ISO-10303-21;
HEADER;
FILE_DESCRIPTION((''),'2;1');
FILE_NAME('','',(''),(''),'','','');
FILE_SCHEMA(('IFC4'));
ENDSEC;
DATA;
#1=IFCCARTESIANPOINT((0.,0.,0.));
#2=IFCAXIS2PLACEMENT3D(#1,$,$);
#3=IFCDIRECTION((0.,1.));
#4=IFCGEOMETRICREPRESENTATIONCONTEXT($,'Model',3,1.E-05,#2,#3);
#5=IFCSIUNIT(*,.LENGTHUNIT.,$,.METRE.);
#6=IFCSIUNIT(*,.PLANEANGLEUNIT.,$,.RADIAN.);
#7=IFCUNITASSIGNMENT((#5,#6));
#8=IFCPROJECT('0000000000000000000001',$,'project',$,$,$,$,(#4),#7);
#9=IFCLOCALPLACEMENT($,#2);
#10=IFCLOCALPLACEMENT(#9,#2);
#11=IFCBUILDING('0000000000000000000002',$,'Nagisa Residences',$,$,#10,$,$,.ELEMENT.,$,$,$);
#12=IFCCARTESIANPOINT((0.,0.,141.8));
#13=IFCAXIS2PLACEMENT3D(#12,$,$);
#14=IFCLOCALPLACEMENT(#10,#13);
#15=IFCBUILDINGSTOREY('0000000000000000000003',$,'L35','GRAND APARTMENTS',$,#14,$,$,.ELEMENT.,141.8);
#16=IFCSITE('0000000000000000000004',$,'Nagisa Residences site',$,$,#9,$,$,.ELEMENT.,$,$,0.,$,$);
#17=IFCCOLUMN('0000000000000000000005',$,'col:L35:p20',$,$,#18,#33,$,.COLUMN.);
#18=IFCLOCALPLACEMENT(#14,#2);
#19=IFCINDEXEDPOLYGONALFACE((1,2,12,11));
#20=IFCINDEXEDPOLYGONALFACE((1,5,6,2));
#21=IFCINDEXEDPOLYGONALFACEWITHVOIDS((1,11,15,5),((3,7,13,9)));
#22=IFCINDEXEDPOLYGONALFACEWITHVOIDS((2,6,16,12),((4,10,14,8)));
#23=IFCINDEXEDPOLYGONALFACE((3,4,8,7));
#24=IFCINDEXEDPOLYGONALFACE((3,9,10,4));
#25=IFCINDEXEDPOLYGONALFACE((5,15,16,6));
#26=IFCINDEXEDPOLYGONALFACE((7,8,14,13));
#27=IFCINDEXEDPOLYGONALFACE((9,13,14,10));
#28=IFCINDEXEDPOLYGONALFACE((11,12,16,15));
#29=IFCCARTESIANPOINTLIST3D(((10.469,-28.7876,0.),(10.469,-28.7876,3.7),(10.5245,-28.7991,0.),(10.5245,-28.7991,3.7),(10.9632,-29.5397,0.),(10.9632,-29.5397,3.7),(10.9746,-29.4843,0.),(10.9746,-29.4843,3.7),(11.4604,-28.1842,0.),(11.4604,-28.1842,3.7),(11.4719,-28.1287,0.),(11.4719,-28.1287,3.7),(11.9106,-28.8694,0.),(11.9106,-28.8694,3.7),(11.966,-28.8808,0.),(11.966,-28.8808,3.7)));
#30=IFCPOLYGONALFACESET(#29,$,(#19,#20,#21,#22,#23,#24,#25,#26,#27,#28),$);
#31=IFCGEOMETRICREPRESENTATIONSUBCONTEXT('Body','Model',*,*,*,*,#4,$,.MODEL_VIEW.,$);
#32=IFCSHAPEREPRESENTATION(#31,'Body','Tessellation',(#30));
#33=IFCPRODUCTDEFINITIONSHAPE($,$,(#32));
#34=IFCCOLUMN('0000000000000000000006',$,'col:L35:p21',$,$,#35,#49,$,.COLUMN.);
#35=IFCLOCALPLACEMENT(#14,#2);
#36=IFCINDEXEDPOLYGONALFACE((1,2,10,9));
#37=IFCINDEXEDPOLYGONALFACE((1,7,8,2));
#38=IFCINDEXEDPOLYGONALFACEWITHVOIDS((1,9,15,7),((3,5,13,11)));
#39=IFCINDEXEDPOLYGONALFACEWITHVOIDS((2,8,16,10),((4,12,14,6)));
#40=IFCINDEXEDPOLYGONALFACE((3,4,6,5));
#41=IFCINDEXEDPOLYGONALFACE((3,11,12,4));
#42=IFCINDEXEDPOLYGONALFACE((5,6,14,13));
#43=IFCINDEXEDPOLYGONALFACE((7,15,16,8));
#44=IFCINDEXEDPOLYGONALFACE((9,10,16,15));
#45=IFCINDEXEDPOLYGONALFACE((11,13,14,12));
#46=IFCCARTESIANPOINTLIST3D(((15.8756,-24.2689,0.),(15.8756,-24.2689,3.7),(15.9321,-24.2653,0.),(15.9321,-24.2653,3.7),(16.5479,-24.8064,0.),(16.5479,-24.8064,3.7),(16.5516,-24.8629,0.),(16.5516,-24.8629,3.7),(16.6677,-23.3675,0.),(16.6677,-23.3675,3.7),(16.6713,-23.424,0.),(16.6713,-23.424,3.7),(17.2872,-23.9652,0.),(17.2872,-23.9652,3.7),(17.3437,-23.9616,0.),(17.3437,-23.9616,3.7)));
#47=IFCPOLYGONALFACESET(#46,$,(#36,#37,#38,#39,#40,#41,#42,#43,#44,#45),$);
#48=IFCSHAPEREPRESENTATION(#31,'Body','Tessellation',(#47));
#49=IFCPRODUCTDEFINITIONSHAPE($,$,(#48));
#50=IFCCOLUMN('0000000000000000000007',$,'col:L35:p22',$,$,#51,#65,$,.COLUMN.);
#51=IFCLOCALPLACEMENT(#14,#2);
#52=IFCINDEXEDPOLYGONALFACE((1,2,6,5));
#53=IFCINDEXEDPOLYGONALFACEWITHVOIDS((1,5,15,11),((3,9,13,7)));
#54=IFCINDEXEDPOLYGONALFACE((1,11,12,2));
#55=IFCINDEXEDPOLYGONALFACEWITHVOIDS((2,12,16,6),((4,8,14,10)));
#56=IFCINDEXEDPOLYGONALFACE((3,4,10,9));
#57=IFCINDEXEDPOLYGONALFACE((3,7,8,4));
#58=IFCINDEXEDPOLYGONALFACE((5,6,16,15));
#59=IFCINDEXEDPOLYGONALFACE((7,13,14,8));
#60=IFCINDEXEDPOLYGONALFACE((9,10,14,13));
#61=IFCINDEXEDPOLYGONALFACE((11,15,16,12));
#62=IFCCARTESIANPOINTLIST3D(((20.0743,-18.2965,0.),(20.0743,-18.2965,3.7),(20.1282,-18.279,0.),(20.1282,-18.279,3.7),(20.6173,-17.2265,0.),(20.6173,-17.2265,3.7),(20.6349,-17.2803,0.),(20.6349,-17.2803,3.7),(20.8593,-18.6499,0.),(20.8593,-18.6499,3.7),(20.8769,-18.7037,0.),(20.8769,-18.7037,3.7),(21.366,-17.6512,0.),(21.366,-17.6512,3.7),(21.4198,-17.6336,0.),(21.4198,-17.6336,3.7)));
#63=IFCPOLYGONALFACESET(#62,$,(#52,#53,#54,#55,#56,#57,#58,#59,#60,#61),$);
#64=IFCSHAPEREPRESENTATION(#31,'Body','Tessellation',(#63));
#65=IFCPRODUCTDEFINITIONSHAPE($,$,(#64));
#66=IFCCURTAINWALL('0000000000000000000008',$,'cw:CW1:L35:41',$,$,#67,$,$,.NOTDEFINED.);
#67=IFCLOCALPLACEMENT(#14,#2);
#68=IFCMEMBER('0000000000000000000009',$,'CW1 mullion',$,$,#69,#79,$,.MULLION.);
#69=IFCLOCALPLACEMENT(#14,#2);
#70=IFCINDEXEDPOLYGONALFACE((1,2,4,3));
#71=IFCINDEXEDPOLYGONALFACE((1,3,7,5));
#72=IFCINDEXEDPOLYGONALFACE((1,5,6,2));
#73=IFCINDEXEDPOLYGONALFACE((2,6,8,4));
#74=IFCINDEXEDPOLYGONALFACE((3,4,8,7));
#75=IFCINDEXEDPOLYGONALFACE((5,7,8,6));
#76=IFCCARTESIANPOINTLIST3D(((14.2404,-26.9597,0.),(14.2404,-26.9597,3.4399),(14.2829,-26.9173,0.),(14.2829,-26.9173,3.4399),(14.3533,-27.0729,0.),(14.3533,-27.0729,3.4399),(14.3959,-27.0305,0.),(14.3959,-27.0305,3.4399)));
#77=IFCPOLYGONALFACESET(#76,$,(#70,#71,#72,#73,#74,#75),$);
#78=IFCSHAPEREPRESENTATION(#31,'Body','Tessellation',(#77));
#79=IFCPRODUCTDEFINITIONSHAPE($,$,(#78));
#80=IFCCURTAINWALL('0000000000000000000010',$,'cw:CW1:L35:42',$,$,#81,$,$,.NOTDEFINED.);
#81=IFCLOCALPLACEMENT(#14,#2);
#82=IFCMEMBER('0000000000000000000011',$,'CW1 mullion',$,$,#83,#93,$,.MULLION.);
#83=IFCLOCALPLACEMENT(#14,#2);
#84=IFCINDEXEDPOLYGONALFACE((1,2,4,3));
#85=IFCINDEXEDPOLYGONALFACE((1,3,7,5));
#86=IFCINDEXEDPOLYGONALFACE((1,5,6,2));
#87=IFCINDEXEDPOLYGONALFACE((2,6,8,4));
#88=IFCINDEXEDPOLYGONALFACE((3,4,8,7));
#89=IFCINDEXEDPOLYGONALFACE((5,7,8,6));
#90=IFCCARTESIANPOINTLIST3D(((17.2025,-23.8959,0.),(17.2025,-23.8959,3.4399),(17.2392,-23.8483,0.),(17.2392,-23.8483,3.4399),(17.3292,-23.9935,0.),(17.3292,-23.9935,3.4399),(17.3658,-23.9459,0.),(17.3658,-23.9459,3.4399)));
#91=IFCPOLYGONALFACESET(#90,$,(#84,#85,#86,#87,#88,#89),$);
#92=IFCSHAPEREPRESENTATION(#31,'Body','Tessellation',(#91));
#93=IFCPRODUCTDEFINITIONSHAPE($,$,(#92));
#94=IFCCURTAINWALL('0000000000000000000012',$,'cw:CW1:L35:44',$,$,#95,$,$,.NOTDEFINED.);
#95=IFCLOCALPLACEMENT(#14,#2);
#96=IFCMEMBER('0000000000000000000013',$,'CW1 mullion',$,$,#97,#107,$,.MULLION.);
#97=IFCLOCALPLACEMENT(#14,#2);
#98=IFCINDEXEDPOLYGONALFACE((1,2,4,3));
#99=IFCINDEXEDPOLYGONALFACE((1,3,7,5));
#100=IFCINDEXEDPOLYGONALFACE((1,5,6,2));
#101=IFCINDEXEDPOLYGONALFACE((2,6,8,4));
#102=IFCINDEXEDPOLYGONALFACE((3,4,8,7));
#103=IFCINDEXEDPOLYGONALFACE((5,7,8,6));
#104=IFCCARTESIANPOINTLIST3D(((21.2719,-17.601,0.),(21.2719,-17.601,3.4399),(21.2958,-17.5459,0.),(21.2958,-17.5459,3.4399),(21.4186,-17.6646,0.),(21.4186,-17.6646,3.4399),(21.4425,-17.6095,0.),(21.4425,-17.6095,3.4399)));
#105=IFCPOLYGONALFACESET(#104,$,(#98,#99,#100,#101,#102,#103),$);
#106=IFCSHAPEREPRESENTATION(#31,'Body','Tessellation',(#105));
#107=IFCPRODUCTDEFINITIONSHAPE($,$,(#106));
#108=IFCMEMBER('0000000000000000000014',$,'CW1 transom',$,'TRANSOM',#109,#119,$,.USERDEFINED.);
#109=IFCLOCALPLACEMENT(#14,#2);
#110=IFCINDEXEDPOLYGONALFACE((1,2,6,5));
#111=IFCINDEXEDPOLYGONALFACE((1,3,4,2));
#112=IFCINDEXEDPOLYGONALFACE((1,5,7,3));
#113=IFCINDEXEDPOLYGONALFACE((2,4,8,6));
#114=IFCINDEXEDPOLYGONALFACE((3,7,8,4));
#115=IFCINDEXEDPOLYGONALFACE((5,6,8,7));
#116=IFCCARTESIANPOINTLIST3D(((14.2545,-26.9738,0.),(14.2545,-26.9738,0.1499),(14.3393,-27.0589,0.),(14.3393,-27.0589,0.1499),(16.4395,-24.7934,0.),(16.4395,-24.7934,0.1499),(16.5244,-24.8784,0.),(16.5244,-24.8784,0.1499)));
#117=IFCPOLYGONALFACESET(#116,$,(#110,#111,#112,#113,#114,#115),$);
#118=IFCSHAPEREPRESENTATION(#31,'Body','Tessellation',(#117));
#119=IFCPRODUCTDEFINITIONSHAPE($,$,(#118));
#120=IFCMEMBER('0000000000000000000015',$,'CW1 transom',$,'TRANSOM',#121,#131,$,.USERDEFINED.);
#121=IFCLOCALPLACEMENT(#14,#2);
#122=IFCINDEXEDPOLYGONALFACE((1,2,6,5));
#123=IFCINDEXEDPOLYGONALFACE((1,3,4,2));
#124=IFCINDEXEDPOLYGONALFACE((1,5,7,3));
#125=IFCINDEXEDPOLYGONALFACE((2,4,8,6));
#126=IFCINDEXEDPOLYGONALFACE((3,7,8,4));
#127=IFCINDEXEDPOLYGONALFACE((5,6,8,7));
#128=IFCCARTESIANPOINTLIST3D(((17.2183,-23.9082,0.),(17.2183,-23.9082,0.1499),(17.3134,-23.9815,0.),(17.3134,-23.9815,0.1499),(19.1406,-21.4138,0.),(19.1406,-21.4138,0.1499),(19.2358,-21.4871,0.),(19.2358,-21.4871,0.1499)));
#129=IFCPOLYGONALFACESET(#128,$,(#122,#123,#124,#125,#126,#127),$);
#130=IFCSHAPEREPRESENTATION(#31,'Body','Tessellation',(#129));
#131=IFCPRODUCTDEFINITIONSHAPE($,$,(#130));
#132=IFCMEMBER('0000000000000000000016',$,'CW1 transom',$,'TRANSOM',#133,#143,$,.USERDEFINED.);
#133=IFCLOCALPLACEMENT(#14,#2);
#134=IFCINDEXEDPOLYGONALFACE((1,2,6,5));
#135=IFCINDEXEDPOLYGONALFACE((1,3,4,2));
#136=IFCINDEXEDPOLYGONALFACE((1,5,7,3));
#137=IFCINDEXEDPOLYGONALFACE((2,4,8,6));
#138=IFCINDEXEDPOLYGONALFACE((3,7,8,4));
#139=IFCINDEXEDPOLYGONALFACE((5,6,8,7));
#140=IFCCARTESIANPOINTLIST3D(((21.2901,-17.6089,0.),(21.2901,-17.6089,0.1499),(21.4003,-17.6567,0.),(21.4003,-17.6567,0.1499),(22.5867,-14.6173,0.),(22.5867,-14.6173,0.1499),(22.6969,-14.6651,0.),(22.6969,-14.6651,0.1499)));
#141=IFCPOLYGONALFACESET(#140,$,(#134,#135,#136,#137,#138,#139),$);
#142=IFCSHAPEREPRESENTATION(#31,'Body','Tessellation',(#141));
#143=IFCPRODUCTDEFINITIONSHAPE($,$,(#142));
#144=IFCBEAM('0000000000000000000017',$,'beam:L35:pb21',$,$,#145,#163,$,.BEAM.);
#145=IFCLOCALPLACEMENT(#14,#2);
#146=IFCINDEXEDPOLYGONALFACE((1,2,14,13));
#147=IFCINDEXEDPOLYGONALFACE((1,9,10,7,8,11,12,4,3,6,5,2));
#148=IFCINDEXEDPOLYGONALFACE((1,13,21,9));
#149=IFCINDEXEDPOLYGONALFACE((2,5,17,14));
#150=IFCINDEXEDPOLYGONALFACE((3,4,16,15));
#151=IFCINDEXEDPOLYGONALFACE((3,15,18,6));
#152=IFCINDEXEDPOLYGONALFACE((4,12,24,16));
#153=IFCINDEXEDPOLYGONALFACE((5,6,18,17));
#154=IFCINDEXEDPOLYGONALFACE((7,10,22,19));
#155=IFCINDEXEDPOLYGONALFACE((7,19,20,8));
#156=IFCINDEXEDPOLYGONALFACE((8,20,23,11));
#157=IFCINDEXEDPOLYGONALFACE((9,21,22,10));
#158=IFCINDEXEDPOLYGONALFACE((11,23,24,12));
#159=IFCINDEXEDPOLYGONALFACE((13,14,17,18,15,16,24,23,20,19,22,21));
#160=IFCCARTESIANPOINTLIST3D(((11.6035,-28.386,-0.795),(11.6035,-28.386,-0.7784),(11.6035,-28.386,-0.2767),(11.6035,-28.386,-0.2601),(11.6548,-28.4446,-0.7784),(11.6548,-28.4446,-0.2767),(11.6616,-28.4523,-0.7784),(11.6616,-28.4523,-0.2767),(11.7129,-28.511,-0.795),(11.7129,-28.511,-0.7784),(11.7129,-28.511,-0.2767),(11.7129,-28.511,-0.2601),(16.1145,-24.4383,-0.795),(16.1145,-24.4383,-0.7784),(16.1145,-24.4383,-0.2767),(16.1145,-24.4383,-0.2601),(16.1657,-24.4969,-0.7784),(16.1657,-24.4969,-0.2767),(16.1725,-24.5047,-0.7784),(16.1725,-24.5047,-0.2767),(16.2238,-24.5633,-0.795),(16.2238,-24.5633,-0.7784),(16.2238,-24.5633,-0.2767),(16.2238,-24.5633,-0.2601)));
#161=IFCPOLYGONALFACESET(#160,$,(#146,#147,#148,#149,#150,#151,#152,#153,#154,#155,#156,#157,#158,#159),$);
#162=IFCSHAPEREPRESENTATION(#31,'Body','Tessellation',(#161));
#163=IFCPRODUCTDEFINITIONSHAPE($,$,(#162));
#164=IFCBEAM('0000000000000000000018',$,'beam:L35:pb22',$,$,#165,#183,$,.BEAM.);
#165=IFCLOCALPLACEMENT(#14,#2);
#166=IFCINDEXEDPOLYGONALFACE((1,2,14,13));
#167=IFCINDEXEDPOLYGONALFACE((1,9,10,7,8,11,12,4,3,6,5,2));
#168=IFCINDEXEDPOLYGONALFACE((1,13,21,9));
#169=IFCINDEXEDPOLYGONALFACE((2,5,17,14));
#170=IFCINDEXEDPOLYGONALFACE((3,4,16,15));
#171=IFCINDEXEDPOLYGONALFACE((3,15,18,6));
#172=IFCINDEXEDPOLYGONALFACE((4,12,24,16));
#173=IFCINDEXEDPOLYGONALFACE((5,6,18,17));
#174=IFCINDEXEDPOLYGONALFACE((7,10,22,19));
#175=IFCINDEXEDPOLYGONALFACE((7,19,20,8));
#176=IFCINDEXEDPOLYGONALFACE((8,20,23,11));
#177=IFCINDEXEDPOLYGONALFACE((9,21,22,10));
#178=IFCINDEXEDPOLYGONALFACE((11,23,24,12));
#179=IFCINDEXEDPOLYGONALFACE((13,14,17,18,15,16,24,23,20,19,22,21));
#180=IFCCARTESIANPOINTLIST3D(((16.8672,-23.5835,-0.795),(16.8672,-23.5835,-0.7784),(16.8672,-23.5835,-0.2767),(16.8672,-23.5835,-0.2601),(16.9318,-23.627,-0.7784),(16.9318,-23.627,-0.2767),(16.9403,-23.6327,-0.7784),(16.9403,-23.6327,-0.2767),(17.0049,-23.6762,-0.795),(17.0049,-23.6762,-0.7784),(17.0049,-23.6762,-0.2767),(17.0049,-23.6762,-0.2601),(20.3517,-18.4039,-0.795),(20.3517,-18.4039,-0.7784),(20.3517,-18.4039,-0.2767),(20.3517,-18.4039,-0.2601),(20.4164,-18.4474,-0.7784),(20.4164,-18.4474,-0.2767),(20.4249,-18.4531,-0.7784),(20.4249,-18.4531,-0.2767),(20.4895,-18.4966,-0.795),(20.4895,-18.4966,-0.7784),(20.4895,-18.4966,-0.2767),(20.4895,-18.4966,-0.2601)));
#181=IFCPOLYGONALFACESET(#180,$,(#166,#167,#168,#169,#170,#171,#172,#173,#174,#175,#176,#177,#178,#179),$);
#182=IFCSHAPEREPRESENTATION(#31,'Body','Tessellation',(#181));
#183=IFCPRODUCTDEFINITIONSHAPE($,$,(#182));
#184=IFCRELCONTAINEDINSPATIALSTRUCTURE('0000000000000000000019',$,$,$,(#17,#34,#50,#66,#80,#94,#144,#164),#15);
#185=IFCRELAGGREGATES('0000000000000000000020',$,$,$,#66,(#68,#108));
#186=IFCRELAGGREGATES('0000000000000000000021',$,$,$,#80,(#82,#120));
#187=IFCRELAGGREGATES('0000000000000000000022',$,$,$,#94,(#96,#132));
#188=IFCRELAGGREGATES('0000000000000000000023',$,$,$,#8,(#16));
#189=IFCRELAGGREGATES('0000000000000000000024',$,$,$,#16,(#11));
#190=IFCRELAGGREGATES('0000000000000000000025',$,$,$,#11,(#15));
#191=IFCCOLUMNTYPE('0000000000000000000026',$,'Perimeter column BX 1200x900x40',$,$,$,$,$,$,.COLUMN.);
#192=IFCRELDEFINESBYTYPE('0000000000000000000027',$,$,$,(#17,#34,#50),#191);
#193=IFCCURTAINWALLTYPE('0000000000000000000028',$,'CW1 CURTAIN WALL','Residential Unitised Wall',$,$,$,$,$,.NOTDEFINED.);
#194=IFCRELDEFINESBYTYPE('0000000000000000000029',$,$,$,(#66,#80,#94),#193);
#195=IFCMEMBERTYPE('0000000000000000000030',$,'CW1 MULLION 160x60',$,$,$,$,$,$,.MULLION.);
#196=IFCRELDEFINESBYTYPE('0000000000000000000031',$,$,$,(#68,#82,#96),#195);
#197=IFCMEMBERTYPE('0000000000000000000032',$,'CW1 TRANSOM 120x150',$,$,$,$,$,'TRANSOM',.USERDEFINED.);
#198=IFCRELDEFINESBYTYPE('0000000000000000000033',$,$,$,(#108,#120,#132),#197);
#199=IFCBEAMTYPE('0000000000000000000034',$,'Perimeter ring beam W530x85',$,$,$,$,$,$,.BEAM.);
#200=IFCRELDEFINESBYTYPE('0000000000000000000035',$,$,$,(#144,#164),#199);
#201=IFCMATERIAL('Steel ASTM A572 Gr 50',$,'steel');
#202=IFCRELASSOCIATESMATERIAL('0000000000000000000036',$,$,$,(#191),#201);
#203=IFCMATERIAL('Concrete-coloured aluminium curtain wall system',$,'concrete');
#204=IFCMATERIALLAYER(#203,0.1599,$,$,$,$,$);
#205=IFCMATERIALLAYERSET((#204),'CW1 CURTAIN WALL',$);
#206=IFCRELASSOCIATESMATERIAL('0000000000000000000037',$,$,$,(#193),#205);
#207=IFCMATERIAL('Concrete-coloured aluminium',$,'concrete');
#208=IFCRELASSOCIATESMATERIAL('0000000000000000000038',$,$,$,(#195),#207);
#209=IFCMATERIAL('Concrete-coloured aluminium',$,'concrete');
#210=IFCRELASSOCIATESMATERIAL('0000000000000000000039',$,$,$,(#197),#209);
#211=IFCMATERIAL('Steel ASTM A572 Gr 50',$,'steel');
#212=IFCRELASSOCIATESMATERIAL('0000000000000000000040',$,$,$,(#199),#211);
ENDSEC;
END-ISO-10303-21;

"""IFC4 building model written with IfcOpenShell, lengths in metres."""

from ifc_helpers import new_model, si_unit, direction, frame, origin, origin_2d, place, context, subcontext, project, spatial, rectangle, hollow_rectangle, i_section, extrude, material, layer, layer_set, material_profile, profile_set, type_object, element, aggregate, save


model = new_model("IFC4")

# Units and contexts
model_context = context("Model", 3, precision=1e-05, world=origin(), true_north=direction((0.0, 1.0)))
body_context = subcontext(model_context, "Body", "Model", "MODEL_VIEW")
ifc_project = project(units=[si_unit("LENGTHUNIT", "METRE"), si_unit("PLANEANGLEUNIT", "RADIAN")], contexts=[model_context])

# Site, building, storey
site_placement = place(None, origin())
site = spatial("IfcSite", under=ifc_project, at=site_placement, Name="Nagisa Residences site", CompositionType="ELEMENT", RefElevation=0.0)
building_placement = place(site_placement, origin())
building = spatial("IfcBuilding", under=site, at=building_placement, Name="Nagisa Residences", CompositionType="ELEMENT")
storey_placement = place(building_placement, frame((0.0, 0.0, 141.8)))
storey = spatial("IfcBuildingStorey", under=building, at=storey_placement, Name="L35", Description="GRAND APARTMENTS", CompositionType="ELEMENT", Elevation=141.8)

# Columns
ifc_material_1 = material(Name="Steel ASTM A572 Gr 50", Category="steel")
ifc_material_profile_1 = material_profile(ifc_material_1, hollow_rectangle(XDim=1.2, YDim=0.8999, WallThickness=0.04, at=origin_2d()), Name="BX 1200x900x40")
ifc_profile_set_1 = profile_set([ifc_material_profile_1], Name="Steel ASTM A572 Gr 50")
column_type = type_object("IfcColumnType", Name="Perimeter column BX 1200x900x40", PredefinedType="COLUMN", material=ifc_profile_set_1)
for number, where, z_axis, x_axis, name in (
    (1, (11.2175, -28.8342, 0.0), (0.0, 0.0, 1.0), (0.835766, 0.549086, 0.0), "col:L35:p20"),
    (2, (16.6096, -24.1152, 0.0), (0.0, 0.0, 1.0), (0.660115, 0.751165, 0.0), "col:L35:p21"),
    (3, (20.7471, -17.9651, 0.0), (0.0, 0.0, 1.0), (0.452463, 0.891783, 0.0), "col:L35:p22"),
):
    element("IfcColumn", number, at=place(storey_placement, frame(where, z_axis=z_axis, x_axis=x_axis)), inside=storey, type_object=column_type, Name=name, PredefinedType="COLUMN", context=body_context, shape_type="SweptSolid", body=[
        extrude(hollow_rectangle(XDim=1.2, YDim=0.8999, WallThickness=0.04, at=origin_2d()), origin(), (0.0, 0.0, 1.0), 3.7),
    ])

# Curtain walls, members
ifc_material_2 = material(Name="Concrete-coloured aluminium curtain wall system", Category="concrete")
ifc_layer_1 = layer(ifc_material_2, 0.1599)
ifc_layer_set_1 = layer_set([ifc_layer_1], Name="CW1 CURTAIN WALL")
curtain_wall_type = type_object("IfcCurtainWallType", Name="CW1 CURTAIN WALL", Description="Residential Unitised Wall", PredefinedType="NOTDEFINED", material=ifc_layer_set_1)
curtain_wall_1_placement = place(storey_placement, origin())
curtain_wall_1 = element("IfcCurtainWall", 4, at=curtain_wall_1_placement, inside=storey, type_object=curtain_wall_type, Name="cw:CW1:L35:41", PredefinedType="NOTDEFINED")
ifc_material_3 = material(Name="Concrete-coloured aluminium", Category="concrete")
ifc_material_profile_2 = material_profile(ifc_material_3, rectangle(XDim=0.1599, YDim=0.0601, at=origin_2d()), Name="CW1 MULLION 160x60")
ifc_profile_set_2 = profile_set([ifc_material_profile_2], Name="Concrete-coloured aluminium")
member_type_1 = type_object("IfcMemberType", Name="CW1 MULLION 160x60", PredefinedType="MULLION", material=ifc_profile_set_2)
member_1_placement = place(storey_placement, frame((14.3181, -26.9951, 0.0), z_axis=(0.0, 0.0, 1.0), x_axis=(-0.706377, 0.707836, 0.0)))
member_1 = element("IfcMember", 5, at=member_1_placement, type_object=member_type_1, Name="CW1 mullion", PredefinedType="MULLION", context=body_context, shape_type="SweptSolid", body=[
    extrude(rectangle(XDim=0.1599, YDim=0.0601, at=origin_2d()), origin(), (0.0, 0.0, 1.0), 3.4399),
])
curtain_wall_2_placement = place(storey_placement, origin())
curtain_wall_2 = element("IfcCurtainWall", 6, at=curtain_wall_2_placement, inside=storey, type_object=curtain_wall_type, Name="cw:CW1:L35:42", PredefinedType="NOTDEFINED")
member_2_placement = place(storey_placement, frame((17.2842, -23.9209, 0.0), z_axis=(0.0, 0.0, 1.0), x_axis=(-0.79207, 0.61043, 0.0)))
member_2 = element("IfcMember", 7, at=member_2_placement, type_object=member_type_1, Name="CW1 mullion", PredefinedType="MULLION", context=body_context, shape_type="SweptSolid", body=[
    extrude(rectangle(XDim=0.1599, YDim=0.0601, at=origin_2d()), origin(), (0.0, 0.0, 1.0), 3.4399),
])
curtain_wall_3_placement = place(storey_placement, origin())
curtain_wall_3 = element("IfcCurtainWall", 8, at=curtain_wall_3_placement, inside=storey, type_object=curtain_wall_type, Name="cw:CW1:L35:44", PredefinedType="NOTDEFINED")
member_3_placement = place(storey_placement, frame((21.3572, -17.6052, 0.0), z_axis=(0.0, 0.0, 1.0), x_axis=(-0.917543, 0.397636, 0.0)))
member_3 = element("IfcMember", 9, at=member_3_placement, type_object=member_type_1, Name="CW1 mullion", PredefinedType="MULLION", context=body_context, shape_type="SweptSolid", body=[
    extrude(rectangle(XDim=0.1599, YDim=0.0601, at=origin_2d()), origin(), (0.0, 0.0, 1.0), 3.4399),
])

# Members
ifc_material_4 = material(Name="Concrete-coloured aluminium", Category="concrete")
ifc_material_profile_3 = material_profile(ifc_material_4, rectangle(XDim=0.1201, YDim=0.1499, at=origin_2d()), Name="CW1 TRANSOM 120x150")
ifc_profile_set_3 = profile_set([ifc_material_profile_3], Name="Concrete-coloured aluminium")
member_type_2 = type_object("IfcMemberType", Name="CW1 TRANSOM 120x150", ElementType="TRANSOM", PredefinedType="USERDEFINED", material=ifc_profile_set_3)
member_4_placement = place(storey_placement, frame((14.2969, -27.0164, 0.075), z_axis=(0.707858, 0.706355, 0.0), x_axis=(-0.706355, 0.707858, 0.0)))
member_4 = element("IfcMember", 10, at=member_4_placement, type_object=member_type_2, Name="CW1 transom", ObjectType="TRANSOM", PredefinedType="USERDEFINED", context=body_context, shape_type="SweptSolid", body=[
    extrude(rectangle(XDim=0.1201, YDim=0.1499, at=origin_2d()), origin(), (0.0, 0.0, 1.0), 3.0869),
])
member_5_placement = place(storey_placement, frame((17.2659, -23.9448, 0.075), z_axis=(0.61043, 0.79207, 0.0), x_axis=(-0.79207, 0.61043, 0.0)))
member_5 = element("IfcMember", 11, at=member_5_placement, type_object=member_type_2, Name="CW1 transom", ObjectType="TRANSOM", PredefinedType="USERDEFINED", context=body_context, shape_type="SweptSolid", body=[
    extrude(rectangle(XDim=0.1201, YDim=0.1499, at=origin_2d()), origin(), (0.0, 0.0, 1.0), 3.1492),
])
member_6_placement = place(storey_placement, frame((21.3452, -17.6328, 0.075), z_axis=(0.397666, 0.91753, 0.0), x_axis=(-0.91753, 0.397666, 0.0)))
member_6 = element("IfcMember", 12, at=member_6_placement, type_object=member_type_2, Name="CW1 transom", ObjectType="TRANSOM", PredefinedType="USERDEFINED", context=body_context, shape_type="SweptSolid", body=[
    extrude(rectangle(XDim=0.1201, YDim=0.1499, at=origin_2d()), origin(), (0.0, 0.0, 1.0), 3.2605),
])

# Beams
ifc_material_5 = material(Name="Steel ASTM A572 Gr 50", Category="steel")
ifc_material_profile_4 = material_profile(ifc_material_5, i_section(OverallWidth=0.166, OverallDepth=0.5349, WebThickness=0.0103, FlangeThickness=0.0166, at=origin_2d()), Name="W530x85")
ifc_profile_set_4 = profile_set([ifc_material_profile_4], Name="Steel ASTM A572 Gr 50")
beam_type_1 = type_object("IfcBeamType", Name="Perimeter ring beam W530x85", PredefinedType="BEAM", material=ifc_profile_set_4)
beam_1_placement = place(storey_placement, frame((11.6582, -28.4485, -0.5276), z_axis=(0.752524, 0.658565, 0.0), x_axis=(-0.658565, 0.752524, 0.0)))
element("IfcBeam", 13, at=beam_1_placement, inside=storey, type_object=beam_type_1, Name="beam:L35:pb21", PredefinedType="BEAM", context=body_context, shape_type="SweptSolid", body=[
    extrude(i_section(OverallWidth=0.166, OverallDepth=0.5349, WebThickness=0.0103, FlangeThickness=0.0166, at=origin_2d()), origin(), (0.0, 0.0, 1.0), 5.9944),
])
beam_2_placement = place(storey_placement, frame((16.936, -23.6299, -0.5276), z_axis=(0.558188, 0.829715, 0.0), x_axis=(-0.829715, 0.558188, 0.0)))
element("IfcBeam", 14, at=beam_2_placement, inside=storey, type_object=beam_type_1, Name="beam:L35:pb22", PredefinedType="BEAM", context=body_context, shape_type="SweptSolid", body=[
    extrude(i_section(OverallWidth=0.166, OverallDepth=0.5349, WebThickness=0.0103, FlangeThickness=0.0166, at=origin_2d()), origin(), (0.0, 0.0, 1.0), 6.2427),
])

aggregate(curtain_wall_1, [member_1, member_4])
aggregate(curtain_wall_2, [member_2, member_5])
aggregate(curtain_wall_3, [member_3, member_6])

save(model, "model.ifc")
